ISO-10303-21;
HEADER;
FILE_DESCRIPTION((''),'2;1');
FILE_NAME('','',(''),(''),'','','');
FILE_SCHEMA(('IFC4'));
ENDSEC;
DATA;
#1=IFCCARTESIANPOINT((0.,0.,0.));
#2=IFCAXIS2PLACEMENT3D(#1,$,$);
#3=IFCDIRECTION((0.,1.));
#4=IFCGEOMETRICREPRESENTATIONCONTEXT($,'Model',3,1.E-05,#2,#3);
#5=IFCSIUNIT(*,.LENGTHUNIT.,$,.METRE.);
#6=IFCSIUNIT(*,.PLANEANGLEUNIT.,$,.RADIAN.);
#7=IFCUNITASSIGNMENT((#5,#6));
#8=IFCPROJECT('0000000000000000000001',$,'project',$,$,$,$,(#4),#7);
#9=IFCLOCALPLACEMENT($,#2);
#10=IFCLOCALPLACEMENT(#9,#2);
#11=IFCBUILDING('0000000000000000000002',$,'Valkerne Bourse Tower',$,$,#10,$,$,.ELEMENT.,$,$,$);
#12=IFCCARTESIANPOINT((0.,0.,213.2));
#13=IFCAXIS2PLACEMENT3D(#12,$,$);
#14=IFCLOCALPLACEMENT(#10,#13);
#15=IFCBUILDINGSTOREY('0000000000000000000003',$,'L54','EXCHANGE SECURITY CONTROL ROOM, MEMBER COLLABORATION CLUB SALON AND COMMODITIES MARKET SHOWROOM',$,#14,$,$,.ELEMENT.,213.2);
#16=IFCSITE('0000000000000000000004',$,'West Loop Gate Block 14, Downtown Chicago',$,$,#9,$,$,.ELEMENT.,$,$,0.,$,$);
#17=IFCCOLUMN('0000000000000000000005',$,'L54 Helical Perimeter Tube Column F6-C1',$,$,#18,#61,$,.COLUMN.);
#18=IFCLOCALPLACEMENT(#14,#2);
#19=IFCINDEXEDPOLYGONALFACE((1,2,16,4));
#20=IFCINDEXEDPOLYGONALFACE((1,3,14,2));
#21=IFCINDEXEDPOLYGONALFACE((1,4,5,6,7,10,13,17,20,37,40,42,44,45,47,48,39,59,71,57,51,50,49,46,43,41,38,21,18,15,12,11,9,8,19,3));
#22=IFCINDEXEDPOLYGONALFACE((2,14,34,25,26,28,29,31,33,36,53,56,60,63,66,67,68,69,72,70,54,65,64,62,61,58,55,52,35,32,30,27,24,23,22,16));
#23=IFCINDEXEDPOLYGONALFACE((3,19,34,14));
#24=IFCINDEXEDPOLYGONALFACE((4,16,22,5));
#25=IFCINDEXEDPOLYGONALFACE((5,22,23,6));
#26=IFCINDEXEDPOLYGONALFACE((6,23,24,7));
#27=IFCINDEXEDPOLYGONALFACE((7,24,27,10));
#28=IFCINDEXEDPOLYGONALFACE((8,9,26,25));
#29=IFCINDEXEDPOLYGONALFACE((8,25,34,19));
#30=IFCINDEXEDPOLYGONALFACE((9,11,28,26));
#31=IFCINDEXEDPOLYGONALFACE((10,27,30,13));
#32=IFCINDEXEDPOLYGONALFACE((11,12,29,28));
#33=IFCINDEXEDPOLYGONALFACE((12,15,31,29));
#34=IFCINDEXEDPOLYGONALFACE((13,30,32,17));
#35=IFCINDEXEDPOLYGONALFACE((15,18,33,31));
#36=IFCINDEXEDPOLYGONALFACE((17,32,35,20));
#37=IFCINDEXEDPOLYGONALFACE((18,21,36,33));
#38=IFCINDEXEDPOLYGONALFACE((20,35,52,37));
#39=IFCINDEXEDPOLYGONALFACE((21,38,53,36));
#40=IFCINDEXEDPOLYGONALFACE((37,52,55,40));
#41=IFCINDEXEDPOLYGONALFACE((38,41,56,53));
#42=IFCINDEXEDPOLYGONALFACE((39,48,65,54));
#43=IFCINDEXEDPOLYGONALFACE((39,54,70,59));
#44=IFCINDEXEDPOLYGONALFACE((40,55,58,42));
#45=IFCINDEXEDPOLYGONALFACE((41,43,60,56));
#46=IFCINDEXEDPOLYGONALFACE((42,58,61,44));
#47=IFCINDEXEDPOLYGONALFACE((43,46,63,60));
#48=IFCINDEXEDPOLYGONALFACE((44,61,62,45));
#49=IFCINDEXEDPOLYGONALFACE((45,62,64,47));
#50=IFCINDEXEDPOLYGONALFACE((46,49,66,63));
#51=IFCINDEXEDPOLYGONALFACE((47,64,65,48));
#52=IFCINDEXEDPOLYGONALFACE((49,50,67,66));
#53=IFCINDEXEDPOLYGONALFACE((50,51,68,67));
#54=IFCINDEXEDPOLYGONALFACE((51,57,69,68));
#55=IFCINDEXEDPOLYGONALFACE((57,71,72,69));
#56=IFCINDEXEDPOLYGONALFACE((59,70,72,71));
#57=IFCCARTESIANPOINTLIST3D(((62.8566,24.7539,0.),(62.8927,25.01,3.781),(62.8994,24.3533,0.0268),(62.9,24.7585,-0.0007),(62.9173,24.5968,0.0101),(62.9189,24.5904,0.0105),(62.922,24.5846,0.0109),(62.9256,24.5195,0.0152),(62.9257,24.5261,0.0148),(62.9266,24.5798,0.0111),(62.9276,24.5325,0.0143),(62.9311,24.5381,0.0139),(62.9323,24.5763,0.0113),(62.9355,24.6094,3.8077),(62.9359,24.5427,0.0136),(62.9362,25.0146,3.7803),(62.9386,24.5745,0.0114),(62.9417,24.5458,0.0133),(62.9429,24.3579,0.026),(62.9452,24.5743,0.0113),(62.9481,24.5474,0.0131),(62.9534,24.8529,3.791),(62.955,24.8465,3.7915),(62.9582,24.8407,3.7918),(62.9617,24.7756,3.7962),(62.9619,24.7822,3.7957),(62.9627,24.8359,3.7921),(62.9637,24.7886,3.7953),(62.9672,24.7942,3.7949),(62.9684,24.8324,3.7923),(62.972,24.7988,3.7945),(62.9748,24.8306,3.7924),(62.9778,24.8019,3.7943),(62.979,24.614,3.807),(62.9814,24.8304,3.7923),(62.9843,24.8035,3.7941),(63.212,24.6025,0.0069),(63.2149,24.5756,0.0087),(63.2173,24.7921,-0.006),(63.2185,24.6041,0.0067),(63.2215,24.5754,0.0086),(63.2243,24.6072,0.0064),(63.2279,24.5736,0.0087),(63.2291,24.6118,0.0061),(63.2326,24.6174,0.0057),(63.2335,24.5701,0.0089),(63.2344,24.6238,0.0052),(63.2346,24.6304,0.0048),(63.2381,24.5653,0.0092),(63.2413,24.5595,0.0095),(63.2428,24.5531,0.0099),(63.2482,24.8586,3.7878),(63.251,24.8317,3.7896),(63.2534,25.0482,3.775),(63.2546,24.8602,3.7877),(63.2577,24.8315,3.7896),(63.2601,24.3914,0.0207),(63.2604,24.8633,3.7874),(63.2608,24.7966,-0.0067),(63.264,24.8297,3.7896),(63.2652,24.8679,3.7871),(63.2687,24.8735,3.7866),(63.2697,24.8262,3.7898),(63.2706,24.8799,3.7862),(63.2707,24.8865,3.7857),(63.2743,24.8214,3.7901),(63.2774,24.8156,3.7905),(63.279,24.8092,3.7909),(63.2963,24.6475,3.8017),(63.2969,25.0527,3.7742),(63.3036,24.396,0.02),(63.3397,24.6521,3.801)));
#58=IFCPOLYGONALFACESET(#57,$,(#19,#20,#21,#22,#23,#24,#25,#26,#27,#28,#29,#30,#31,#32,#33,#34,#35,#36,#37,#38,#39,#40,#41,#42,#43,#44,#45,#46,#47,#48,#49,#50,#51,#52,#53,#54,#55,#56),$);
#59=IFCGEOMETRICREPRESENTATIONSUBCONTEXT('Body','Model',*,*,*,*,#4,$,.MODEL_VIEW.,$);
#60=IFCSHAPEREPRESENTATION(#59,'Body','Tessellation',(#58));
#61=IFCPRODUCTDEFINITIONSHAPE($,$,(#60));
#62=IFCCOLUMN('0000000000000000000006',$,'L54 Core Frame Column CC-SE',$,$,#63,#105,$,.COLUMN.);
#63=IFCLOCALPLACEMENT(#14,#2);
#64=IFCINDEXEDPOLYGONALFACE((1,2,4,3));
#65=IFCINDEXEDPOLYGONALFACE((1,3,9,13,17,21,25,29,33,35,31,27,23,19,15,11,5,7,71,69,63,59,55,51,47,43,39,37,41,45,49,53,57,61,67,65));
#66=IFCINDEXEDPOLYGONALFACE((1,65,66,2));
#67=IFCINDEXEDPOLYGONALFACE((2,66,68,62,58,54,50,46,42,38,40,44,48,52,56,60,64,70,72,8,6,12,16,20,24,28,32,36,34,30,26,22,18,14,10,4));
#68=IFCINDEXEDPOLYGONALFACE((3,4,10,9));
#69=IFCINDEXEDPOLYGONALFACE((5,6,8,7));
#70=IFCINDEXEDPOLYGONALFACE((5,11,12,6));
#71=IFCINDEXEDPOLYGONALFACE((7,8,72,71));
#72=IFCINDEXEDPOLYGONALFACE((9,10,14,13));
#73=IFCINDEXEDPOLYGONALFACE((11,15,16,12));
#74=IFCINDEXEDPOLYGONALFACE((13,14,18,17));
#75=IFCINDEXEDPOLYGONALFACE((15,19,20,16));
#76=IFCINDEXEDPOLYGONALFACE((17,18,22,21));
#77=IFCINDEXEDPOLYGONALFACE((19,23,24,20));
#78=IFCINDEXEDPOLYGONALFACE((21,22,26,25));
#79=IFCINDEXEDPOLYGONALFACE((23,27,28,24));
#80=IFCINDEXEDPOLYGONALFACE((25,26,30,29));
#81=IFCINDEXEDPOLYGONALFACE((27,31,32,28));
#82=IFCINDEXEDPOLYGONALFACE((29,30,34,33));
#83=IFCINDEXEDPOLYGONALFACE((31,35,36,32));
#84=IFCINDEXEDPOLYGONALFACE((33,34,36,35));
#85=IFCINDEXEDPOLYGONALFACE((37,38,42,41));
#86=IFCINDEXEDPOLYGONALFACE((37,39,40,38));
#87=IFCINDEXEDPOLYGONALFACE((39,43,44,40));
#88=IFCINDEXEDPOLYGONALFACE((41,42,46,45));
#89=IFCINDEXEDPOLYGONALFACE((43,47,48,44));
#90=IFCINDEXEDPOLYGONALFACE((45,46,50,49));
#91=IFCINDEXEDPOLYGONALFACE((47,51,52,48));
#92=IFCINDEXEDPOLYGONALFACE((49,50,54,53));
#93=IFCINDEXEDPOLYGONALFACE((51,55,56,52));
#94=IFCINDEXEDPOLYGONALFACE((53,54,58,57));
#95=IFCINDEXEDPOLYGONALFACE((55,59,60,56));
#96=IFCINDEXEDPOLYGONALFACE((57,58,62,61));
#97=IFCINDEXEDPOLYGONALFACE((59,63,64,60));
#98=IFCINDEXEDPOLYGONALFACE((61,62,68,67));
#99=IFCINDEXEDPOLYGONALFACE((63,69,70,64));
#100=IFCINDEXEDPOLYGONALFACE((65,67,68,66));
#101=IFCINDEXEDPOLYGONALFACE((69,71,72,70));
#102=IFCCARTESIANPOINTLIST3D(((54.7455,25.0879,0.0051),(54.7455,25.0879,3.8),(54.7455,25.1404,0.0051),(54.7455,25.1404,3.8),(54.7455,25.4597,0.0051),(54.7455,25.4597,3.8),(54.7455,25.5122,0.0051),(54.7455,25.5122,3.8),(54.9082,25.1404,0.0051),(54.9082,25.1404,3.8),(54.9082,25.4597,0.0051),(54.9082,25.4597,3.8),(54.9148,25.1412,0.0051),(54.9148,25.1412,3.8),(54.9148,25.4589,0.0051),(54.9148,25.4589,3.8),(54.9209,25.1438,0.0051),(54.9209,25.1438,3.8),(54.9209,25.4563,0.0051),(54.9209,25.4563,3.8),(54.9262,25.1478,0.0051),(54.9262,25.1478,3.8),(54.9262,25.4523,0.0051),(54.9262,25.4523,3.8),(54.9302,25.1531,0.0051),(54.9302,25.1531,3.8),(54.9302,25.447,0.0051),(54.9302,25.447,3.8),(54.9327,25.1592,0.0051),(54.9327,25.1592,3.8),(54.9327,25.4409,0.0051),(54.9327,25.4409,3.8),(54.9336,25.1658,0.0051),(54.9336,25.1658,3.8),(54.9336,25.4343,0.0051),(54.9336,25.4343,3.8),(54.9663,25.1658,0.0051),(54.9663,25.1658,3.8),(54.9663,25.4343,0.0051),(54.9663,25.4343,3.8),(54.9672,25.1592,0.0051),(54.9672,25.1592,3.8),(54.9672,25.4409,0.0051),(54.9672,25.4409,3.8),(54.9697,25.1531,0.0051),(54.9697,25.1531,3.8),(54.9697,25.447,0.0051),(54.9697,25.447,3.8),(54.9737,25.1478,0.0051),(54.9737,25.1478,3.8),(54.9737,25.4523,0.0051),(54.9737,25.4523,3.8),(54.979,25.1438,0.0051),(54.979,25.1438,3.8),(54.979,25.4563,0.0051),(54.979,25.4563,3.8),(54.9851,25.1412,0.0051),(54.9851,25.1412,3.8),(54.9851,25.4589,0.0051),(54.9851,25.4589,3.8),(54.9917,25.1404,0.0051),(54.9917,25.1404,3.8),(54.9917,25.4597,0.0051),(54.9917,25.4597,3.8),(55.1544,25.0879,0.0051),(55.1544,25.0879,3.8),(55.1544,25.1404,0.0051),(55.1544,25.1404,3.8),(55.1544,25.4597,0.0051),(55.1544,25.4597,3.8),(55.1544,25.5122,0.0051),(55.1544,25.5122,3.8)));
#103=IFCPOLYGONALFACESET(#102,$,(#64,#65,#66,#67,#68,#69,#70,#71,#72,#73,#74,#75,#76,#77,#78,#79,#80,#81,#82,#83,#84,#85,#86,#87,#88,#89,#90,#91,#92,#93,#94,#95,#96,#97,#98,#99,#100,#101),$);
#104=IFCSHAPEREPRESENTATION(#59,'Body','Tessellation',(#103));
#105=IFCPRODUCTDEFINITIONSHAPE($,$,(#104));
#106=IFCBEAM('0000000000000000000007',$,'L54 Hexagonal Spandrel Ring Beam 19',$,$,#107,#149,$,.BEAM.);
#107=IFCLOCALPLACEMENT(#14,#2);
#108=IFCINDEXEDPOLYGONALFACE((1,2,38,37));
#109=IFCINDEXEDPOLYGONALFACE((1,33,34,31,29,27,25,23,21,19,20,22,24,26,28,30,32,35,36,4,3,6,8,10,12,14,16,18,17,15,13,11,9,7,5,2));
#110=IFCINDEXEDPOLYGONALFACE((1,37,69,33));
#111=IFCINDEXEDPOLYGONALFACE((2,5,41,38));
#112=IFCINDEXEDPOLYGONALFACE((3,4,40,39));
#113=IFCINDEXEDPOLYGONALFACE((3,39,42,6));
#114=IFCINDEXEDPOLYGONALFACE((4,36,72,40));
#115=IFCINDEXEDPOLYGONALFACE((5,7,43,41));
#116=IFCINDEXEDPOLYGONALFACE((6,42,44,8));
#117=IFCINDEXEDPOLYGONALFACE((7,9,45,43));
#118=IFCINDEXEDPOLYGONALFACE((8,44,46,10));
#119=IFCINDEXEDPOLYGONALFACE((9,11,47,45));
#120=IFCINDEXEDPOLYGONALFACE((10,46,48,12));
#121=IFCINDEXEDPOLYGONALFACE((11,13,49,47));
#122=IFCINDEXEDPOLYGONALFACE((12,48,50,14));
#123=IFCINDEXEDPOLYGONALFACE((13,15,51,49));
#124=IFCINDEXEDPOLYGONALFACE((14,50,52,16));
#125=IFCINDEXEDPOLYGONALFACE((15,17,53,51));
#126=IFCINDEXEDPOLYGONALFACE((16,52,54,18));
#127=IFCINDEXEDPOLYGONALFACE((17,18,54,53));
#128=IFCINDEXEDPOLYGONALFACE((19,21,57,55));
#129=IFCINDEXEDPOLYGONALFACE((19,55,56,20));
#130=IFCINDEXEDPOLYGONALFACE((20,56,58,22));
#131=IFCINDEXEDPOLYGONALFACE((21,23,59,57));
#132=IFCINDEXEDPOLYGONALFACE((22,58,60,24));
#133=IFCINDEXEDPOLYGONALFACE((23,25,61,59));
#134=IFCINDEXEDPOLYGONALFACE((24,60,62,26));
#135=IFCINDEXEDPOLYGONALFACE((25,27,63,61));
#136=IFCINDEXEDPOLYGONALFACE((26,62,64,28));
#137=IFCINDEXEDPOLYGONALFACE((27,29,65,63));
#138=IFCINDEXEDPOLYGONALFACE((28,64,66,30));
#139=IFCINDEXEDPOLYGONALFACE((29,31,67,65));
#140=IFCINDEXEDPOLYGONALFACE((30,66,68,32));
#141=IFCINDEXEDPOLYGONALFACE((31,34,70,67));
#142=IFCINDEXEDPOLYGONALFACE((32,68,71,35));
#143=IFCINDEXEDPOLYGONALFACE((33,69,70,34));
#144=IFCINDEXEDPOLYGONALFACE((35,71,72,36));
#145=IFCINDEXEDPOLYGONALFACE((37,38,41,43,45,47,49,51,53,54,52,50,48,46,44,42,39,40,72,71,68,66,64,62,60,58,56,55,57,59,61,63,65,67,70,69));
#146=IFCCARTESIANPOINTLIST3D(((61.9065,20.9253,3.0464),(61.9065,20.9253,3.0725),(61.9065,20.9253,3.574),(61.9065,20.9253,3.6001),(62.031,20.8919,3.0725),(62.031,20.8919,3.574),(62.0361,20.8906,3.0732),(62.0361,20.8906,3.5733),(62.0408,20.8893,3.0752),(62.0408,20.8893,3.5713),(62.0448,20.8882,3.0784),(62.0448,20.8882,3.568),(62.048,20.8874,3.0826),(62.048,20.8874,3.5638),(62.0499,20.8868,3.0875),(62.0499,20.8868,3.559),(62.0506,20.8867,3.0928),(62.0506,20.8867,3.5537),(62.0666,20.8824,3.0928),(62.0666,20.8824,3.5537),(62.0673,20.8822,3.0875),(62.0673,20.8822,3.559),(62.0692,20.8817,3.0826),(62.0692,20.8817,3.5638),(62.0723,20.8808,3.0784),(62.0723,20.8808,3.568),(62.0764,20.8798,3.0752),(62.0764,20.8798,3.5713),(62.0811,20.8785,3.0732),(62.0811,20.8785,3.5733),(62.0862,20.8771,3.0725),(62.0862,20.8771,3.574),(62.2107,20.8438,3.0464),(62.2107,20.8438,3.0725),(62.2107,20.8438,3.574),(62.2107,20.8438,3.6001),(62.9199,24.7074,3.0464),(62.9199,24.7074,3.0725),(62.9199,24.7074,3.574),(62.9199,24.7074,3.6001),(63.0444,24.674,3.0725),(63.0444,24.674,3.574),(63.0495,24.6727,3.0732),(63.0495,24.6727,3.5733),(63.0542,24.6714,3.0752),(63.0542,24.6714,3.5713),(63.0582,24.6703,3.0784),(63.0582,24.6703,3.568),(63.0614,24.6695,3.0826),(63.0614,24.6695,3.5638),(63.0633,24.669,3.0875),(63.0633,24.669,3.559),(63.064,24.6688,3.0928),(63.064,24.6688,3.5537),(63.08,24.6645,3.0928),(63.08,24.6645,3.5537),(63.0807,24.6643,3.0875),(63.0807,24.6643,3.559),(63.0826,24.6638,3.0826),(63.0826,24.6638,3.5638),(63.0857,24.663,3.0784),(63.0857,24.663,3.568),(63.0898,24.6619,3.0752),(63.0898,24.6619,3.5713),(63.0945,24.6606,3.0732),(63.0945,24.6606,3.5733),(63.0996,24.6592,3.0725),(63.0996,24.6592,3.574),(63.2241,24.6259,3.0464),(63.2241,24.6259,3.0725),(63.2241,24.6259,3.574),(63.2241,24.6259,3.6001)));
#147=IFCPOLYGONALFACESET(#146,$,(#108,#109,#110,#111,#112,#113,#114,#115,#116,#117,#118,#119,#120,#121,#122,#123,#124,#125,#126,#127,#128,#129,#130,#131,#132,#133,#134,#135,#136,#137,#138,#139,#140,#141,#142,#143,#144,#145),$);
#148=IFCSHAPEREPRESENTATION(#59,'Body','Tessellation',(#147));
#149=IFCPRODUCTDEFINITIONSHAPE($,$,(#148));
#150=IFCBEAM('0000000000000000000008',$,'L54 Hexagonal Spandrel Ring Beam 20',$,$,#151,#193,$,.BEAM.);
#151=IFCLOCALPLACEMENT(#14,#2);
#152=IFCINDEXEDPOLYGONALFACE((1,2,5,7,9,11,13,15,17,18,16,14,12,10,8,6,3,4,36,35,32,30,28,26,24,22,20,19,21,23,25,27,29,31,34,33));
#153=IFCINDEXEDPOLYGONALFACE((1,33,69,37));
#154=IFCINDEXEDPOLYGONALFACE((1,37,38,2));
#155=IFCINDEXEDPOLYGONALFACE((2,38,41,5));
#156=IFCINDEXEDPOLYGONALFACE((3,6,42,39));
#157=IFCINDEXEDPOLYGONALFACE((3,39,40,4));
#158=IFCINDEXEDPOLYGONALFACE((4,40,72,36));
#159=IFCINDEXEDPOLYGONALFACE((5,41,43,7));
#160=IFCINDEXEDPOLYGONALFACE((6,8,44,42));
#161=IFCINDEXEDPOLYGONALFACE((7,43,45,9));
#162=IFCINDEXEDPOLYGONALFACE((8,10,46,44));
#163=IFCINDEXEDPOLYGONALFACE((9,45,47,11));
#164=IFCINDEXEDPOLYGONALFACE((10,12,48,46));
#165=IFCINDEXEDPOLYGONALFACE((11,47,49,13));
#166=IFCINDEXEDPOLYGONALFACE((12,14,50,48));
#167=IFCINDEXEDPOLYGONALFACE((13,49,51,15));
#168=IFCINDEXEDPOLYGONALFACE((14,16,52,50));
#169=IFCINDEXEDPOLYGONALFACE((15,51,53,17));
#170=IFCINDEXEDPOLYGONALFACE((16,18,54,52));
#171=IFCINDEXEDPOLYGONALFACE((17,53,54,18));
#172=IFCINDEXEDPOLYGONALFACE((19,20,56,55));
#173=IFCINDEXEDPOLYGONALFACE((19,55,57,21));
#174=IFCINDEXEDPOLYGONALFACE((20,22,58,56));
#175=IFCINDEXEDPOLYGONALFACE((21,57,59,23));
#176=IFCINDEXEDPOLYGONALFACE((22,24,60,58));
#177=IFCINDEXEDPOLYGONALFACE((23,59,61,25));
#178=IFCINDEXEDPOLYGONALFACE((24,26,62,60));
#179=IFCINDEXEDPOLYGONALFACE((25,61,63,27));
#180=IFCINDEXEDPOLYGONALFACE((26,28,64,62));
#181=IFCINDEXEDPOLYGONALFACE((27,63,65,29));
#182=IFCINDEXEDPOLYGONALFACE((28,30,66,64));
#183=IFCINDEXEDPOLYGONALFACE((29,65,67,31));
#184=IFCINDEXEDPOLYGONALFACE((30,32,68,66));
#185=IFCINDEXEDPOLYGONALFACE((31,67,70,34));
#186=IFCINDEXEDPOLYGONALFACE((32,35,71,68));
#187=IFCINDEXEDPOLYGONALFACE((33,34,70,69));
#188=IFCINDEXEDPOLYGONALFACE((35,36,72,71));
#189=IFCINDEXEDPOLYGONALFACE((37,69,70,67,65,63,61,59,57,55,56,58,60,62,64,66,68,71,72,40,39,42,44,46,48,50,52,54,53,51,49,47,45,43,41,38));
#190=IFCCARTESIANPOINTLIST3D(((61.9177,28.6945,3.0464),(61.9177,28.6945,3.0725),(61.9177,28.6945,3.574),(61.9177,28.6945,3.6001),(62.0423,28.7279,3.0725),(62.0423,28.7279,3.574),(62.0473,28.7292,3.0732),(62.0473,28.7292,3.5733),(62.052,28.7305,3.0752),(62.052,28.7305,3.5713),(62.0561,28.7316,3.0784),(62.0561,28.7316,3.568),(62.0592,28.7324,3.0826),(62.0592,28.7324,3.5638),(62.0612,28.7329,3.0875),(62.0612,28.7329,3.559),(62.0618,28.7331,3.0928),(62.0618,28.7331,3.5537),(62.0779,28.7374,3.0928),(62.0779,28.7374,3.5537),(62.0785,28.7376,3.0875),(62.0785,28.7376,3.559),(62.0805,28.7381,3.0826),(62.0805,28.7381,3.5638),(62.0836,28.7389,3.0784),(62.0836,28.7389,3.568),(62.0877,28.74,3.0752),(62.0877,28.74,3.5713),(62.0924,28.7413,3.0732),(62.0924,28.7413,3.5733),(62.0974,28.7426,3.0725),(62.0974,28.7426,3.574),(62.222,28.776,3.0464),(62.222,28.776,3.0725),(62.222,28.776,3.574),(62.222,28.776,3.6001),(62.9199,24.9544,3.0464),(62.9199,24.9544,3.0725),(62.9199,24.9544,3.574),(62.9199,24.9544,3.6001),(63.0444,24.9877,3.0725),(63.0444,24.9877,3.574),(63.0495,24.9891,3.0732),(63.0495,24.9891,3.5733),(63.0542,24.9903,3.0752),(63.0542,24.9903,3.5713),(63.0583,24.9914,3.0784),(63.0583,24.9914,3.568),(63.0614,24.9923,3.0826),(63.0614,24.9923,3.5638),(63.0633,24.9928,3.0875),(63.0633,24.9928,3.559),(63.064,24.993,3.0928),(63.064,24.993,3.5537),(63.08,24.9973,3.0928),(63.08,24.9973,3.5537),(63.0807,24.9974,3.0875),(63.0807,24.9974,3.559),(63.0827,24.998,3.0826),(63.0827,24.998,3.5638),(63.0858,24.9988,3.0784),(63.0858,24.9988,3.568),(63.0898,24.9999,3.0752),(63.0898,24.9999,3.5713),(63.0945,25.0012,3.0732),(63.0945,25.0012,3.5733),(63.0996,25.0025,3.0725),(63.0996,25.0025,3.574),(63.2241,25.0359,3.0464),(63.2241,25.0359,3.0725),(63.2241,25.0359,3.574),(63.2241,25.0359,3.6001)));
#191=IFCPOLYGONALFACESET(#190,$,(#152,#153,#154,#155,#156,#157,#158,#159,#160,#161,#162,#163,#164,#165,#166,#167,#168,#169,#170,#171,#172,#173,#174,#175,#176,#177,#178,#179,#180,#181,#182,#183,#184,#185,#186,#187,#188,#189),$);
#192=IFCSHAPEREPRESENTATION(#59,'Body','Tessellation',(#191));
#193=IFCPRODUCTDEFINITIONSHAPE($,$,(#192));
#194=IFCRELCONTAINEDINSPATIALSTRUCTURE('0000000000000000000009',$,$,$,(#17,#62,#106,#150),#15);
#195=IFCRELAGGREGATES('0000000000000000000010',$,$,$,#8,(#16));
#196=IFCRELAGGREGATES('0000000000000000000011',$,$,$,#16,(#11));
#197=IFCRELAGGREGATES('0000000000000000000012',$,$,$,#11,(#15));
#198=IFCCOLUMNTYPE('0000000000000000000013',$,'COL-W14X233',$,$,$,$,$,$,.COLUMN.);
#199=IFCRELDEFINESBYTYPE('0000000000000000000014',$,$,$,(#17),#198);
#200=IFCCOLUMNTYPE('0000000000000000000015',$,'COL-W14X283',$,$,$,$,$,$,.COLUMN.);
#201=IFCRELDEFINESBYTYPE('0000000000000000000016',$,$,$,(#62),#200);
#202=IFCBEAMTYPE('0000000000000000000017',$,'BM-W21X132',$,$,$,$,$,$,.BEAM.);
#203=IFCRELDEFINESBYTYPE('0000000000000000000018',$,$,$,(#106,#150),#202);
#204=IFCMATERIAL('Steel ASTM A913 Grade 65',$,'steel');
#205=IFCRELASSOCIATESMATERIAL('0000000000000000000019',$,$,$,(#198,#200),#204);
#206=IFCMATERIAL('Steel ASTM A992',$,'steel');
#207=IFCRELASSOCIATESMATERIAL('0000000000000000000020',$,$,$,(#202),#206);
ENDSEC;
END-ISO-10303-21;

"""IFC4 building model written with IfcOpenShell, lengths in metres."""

from ifc_helpers import new_model, si_unit, direction, frame, origin, origin_2d, place, context, subcontext, project, spatial, i_section, extrude, material, material_profile, profile_set, type_object, element, save


model = new_model("IFC4")

# Units and contexts
model_context = context("Model", 3, precision=1e-05, world=origin(), true_north=direction((0.0, 1.0)))
body_context = subcontext(model_context, "Body", "Model", "MODEL_VIEW")
ifc_project = project(units=[si_unit("LENGTHUNIT", "METRE"), si_unit("PLANEANGLEUNIT", "RADIAN")], contexts=[model_context])

# Site, building, storey
site_placement = place(None, origin())
site = spatial("IfcSite", under=ifc_project, at=site_placement, Name="West Loop Gate Block 14, Downtown Chicago", CompositionType="ELEMENT", RefElevation=0.0)
building_placement = place(site_placement, origin())
building = spatial("IfcBuilding", under=site, at=building_placement, Name="Valkerne Bourse Tower", CompositionType="ELEMENT")
storey_placement = place(building_placement, frame((0.0, 0.0, 213.2)))
storey = spatial("IfcBuildingStorey", under=building, at=storey_placement, Name="L54", Description="EXCHANGE SECURITY CONTROL ROOM, MEMBER COLLABORATION CLUB SALON AND COMMODITIES MARKET SHOWROOM", CompositionType="ELEMENT", Elevation=213.2)

# Columns
ifc_material_1 = material(Name="Steel ASTM A913 Grade 65", Category="steel")
ifc_material_profile_1 = material_profile(ifc_material_1, i_section(OverallWidth=0.4038, OverallDepth=0.4065, WebThickness=0.0271, FlangeThickness=0.0437, FilletRadius=0.0254, at=origin_2d()), Name="W14X233")
ifc_profile_set_1 = profile_set([ifc_material_profile_1], Name="Steel ASTM A913 Grade 65")
column_type_1 = type_object("IfcColumnType", Name="COL-W14X233", PredefinedType="COLUMN", material=ifc_profile_set_1)
column_1_placement = place(storey_placement, frame((63.0801, 24.575, 0.01), z_axis=(0.009534, 0.067576, 0.997669), x_axis=(0.106048, -0.992156, 0.066189)))
element("IfcColumn", 1, at=column_1_placement, inside=storey, type_object=column_type_1, Name="L54 Helical Perimeter Tube Column F6-C1", PredefinedType="COLUMN", context=body_context, shape_type="SweptSolid", body=[
    extrude(i_section(OverallWidth=0.4038, OverallDepth=0.4065, WebThickness=0.0271, FlangeThickness=0.0437, FilletRadius=0.0254, at=origin_2d()), origin(), (0.0, 0.0, 1.0), 3.7898),
])
ifc_material_profile_2 = material_profile(ifc_material_1, i_section(OverallWidth=0.4089, OverallDepth=0.4243, WebThickness=0.0327, FlangeThickness=0.0525, FilletRadius=0.0254, at=origin_2d()), Name="W14X283")
ifc_profile_set_2 = profile_set([ifc_material_profile_2], Name="Steel ASTM A913 Grade 65")
column_type_2 = type_object("IfcColumnType", Name="COL-W14X283", PredefinedType="COLUMN", material=ifc_profile_set_2)
column_2_placement = place(storey_placement, frame((54.95, 25.3, 0.0051), z_axis=(0.0, 0.0, 1.0), x_axis=(1.0, 0.0, 0.0)))
element("IfcColumn", 2, at=column_2_placement, inside=storey, type_object=column_type_2, Name="L54 Core Frame Column CC-SE", PredefinedType="COLUMN", context=body_context, shape_type="SweptSolid", body=[
    extrude(i_section(OverallWidth=0.4089, OverallDepth=0.4243, WebThickness=0.0327, FlangeThickness=0.0525, FilletRadius=0.0254, at=origin_2d()), origin(), (0.0, 0.0, 1.0), 3.7949),
])

# Beams
ifc_material_2 = material(Name="Steel ASTM A992", Category="steel")
ifc_material_profile_3 = material_profile(ifc_material_2, i_section(OverallWidth=0.3149, OverallDepth=0.5537, WebThickness=0.0166, FlangeThickness=0.0261, FilletRadius=0.0203, at=origin_2d()), Name="W21X132")
ifc_profile_set_3 = profile_set([ifc_material_profile_3], Name="Steel ASTM A992")
beam_type_1 = type_object("IfcBeamType", Name="BM-W21X132", PredefinedType="BEAM", material=ifc_profile_set_3)
beam_1_placement = place(storey_placement, frame((62.0586, 20.8845, 3.3232), z_axis=(0.258815, 0.965927, 0.0), x_axis=(-0.965927, 0.258815, 0.0)))
element("IfcBeam", 3, at=beam_1_placement, inside=storey, type_object=beam_type_1, Name="L54 Hexagonal Spandrel Ring Beam 19", PredefinedType="BEAM", context=body_context, shape_type="SweptSolid", body=[
    extrude(i_section(OverallWidth=0.3149, OverallDepth=0.5537, WebThickness=0.0166, FlangeThickness=0.0261, FilletRadius=0.0203, at=origin_2d()), origin(), (0.0, 0.0, 1.0), 3.9155),
])
beam_2_placement = place(storey_placement, frame((63.072, 24.9951, 3.3232), z_axis=(-0.25882, 0.965926, 0.0), x_axis=(-0.965926, -0.25882, 0.0)))
element("IfcBeam", 4, at=beam_2_placement, inside=storey, type_object=beam_type_1, Name="L54 Hexagonal Spandrel Ring Beam 20", PredefinedType="BEAM", context=body_context, shape_type="SweptSolid", body=[
    extrude(i_section(OverallWidth=0.3149, OverallDepth=0.5537, WebThickness=0.0166, FlangeThickness=0.0261, FilletRadius=0.0203, at=origin_2d()), origin(), (0.0, 0.0, 1.0), 3.8721),
])

save(model, "model.ifc")
